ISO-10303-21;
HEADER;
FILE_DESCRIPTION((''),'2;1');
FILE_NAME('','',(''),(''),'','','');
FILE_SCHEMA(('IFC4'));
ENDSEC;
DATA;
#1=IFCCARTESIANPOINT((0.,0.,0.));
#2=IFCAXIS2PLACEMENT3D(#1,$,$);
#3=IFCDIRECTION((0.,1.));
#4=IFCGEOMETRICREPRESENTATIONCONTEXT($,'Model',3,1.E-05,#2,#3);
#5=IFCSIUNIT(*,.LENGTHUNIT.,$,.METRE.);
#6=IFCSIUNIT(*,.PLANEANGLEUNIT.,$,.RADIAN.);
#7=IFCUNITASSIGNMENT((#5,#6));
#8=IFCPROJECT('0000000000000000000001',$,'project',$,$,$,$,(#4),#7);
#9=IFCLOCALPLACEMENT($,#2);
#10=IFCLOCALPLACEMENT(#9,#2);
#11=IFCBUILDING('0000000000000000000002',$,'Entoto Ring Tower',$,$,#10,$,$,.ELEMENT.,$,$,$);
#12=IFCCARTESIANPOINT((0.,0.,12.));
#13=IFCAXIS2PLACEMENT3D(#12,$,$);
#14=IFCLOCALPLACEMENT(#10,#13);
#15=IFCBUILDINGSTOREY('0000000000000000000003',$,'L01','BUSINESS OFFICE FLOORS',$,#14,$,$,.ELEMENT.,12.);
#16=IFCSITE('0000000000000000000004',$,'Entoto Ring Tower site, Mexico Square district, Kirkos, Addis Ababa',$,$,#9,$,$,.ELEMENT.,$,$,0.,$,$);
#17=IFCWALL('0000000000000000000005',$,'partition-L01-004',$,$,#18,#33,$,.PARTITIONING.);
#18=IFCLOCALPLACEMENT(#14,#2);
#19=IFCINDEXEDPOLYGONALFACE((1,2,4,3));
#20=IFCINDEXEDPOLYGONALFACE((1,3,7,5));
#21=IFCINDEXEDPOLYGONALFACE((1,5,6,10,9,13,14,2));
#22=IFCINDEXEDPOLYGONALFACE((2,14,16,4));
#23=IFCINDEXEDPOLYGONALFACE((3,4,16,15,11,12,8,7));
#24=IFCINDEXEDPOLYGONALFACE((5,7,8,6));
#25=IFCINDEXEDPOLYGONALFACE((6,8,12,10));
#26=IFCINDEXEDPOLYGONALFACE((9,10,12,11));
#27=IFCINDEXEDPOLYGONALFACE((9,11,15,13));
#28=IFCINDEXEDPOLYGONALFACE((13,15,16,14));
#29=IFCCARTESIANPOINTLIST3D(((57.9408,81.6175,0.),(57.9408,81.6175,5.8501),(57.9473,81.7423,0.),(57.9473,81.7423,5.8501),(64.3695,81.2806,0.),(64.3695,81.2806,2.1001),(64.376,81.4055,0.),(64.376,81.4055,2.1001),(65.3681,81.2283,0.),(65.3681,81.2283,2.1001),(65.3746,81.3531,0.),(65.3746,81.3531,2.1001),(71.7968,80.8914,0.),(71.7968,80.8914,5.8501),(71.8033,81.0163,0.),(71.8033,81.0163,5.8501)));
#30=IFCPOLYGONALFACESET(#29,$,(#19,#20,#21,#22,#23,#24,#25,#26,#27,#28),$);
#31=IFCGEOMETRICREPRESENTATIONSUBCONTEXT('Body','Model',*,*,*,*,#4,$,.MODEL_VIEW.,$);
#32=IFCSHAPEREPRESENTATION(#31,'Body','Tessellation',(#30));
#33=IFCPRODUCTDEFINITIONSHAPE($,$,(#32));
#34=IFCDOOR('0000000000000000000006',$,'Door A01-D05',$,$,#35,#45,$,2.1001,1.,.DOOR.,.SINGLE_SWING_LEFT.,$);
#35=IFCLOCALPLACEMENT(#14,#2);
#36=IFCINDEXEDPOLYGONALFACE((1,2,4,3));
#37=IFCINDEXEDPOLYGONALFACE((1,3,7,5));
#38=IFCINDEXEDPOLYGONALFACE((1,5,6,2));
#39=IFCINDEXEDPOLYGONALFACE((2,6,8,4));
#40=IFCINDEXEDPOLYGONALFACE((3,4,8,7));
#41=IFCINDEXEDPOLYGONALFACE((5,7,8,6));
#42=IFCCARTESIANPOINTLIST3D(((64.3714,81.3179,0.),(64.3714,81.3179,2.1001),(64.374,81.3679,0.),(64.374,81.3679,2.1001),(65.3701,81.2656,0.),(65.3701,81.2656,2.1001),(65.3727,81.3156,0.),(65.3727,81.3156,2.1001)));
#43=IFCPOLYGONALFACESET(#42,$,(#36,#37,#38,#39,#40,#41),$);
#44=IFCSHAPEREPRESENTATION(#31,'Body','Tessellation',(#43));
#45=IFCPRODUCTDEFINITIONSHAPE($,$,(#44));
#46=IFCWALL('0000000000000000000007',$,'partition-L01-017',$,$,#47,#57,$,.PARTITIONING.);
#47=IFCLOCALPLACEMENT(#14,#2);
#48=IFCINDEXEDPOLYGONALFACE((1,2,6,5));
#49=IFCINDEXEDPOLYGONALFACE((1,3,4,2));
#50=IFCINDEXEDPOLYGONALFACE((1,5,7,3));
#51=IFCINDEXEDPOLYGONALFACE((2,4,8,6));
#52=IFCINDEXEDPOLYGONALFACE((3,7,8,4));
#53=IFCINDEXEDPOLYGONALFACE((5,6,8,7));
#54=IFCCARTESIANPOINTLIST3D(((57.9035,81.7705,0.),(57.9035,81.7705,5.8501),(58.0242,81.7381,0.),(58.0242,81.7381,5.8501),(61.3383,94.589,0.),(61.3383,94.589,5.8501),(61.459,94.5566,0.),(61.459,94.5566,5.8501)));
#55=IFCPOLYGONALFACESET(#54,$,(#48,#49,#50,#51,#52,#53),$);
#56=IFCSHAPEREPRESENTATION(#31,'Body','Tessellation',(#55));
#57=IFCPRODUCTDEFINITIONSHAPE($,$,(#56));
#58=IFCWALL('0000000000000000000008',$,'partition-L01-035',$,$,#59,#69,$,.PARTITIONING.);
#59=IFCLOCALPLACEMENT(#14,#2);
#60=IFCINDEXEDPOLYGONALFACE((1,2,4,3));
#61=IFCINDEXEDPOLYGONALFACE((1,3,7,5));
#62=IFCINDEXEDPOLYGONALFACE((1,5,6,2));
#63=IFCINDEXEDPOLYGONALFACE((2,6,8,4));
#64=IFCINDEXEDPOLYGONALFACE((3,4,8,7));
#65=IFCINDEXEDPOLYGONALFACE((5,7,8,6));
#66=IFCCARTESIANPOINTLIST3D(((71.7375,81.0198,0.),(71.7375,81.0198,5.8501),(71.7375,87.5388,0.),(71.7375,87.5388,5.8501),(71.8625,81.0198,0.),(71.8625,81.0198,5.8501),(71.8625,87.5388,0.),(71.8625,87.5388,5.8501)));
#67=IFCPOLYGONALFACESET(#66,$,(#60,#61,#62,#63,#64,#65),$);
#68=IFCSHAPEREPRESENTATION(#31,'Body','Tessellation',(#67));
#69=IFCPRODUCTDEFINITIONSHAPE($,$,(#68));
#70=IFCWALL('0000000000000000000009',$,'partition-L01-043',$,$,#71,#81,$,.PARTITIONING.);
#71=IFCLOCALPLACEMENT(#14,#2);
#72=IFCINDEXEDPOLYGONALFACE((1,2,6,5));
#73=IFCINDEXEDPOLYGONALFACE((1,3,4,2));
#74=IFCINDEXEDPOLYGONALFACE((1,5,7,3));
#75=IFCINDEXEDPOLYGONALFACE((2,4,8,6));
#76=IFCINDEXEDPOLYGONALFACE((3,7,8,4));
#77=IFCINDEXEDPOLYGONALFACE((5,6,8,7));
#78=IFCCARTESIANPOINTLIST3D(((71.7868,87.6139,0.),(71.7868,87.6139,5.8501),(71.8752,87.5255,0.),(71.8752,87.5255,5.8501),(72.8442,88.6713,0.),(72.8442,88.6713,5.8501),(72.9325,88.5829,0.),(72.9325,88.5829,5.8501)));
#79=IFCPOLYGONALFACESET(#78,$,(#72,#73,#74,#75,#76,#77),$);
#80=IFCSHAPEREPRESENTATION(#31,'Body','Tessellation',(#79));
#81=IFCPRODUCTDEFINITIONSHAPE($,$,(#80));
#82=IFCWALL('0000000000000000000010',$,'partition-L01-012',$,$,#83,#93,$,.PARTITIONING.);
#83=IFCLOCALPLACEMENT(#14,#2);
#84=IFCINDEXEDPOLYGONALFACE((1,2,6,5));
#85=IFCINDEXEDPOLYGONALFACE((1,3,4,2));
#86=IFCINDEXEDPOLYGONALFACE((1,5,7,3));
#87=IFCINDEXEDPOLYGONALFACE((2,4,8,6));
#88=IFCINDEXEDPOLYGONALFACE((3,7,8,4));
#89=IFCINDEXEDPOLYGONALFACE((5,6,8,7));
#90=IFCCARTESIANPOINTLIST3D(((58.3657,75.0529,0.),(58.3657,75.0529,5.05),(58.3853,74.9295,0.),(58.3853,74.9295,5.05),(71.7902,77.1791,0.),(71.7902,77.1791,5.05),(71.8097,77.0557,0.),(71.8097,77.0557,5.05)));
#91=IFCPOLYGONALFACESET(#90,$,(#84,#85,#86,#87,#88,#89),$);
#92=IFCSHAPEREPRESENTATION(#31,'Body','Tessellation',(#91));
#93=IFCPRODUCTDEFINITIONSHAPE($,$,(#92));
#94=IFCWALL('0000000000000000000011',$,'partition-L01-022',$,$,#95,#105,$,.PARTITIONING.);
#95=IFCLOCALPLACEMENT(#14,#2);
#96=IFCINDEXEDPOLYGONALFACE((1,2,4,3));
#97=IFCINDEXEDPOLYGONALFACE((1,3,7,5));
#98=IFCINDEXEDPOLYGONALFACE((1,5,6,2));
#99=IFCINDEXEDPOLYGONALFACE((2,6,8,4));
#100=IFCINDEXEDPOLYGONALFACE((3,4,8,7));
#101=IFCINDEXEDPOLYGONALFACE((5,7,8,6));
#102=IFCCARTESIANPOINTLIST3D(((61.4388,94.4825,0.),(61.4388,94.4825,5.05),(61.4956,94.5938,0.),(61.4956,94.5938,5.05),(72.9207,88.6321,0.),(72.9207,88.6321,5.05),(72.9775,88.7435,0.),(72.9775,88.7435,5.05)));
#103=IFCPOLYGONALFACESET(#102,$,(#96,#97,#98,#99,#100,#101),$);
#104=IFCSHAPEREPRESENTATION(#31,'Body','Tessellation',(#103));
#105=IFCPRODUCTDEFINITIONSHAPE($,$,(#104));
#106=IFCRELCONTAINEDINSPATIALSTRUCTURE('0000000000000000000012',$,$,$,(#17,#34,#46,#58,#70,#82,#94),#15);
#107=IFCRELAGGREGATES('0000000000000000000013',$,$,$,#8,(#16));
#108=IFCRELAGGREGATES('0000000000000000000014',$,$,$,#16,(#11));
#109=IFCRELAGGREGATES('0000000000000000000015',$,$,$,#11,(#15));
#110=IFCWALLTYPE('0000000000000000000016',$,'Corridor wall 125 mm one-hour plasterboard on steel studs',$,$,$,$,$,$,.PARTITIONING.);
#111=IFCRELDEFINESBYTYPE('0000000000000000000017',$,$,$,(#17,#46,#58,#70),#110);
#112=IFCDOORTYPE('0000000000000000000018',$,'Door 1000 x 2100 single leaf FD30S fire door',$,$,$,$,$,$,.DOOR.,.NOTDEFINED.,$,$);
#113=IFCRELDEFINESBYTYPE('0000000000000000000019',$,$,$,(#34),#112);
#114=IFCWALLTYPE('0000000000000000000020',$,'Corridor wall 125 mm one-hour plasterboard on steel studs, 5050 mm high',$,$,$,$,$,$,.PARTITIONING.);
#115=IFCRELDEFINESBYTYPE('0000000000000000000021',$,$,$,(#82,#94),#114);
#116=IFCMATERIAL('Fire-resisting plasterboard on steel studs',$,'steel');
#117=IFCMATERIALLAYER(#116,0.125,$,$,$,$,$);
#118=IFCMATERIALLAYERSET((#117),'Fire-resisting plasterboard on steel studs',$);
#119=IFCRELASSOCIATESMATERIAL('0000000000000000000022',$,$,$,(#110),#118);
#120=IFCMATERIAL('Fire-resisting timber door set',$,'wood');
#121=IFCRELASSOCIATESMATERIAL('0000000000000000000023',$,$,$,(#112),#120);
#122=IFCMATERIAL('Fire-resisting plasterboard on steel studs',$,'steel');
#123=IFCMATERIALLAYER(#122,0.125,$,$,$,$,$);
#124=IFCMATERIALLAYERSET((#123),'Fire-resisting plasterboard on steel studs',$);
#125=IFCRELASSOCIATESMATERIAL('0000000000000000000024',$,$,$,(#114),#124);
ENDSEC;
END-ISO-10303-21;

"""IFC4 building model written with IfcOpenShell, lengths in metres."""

from ifc_helpers import new_model, si_unit, direction, frame, frame_2d, origin, place, context, subcontext, project, spatial, rectangle, extrude, material, layer, layer_set, type_object, element, fill, save


model = new_model("IFC4")

# Units and contexts
model_context = context("Model", 3, precision=1e-05, world=origin(), true_north=direction((0.0, 1.0)))
body_context = subcontext(model_context, "Body", "Model", "MODEL_VIEW")
ifc_project = project(units=[si_unit("LENGTHUNIT", "METRE"), si_unit("PLANEANGLEUNIT", "RADIAN")], contexts=[model_context])

# Site, building, storey
site_placement = place(None, origin())
site = spatial("IfcSite", under=ifc_project, at=site_placement, Name="Entoto Ring Tower site, Mexico Square district, Kirkos, Addis Ababa", CompositionType="ELEMENT", RefElevation=0.0)
building_placement = place(site_placement, origin())
building = spatial("IfcBuilding", under=site, at=building_placement, Name="Entoto Ring Tower", CompositionType="ELEMENT")
storey_placement = place(building_placement, frame((0.0, 0.0, 12.0)))
storey = spatial("IfcBuildingStorey", under=building, at=storey_placement, Name="L01", Description="BUSINESS OFFICE FLOORS", CompositionType="ELEMENT", Elevation=12.0)

# Wall, opening, door
ifc_material_1 = material(Name="Fire-resisting plasterboard on steel studs", Category="steel")
ifc_layer_1 = layer(ifc_material_1, 0.125)
ifc_layer_set_1 = layer_set([ifc_layer_1], Name="Fire-resisting plasterboard on steel studs")
wall_type_1 = type_object("IfcWallType", Name="Corridor wall 125 mm one-hour plasterboard on steel studs", PredefinedType="PARTITIONING", material=ifc_layer_set_1)
wall_1_placement = place(storey_placement, frame((71.8, 80.9539, 0.0), z_axis=(0.0, 0.0, 1.0), x_axis=(-0.99863, 0.05233, 0.0)))
wall_1 = element("IfcWall", 1, at=wall_1_placement, inside=storey, type_object=wall_type_1, Name="partition-L01-004", PredefinedType="PARTITIONING", context=body_context, shape_type="SweptSolid", body=[
    extrude(rectangle(XDim=13.875, YDim=0.125, at=frame_2d((6.9375, 0.0))), origin(), (0.0, 0.0, 1.0), 5.8501),
])
opening_placement = place(wall_1_placement, frame((6.4375, 0.0, 0.0)))
opening = element("IfcOpeningElement", 2, at=opening_placement, cuts=wall_1, PredefinedType="OPENING", context=body_context, shape_type="SweptSolid", body=[
    extrude(rectangle(XDim=1.0, YDim=2.1001, at=frame_2d((0.5, 1.05))), frame((0.0, 0.0725, 0.0), z_axis=(0.0, -1.0, 0.0), x_axis=(1.0, 0.0, 0.0)), (0.0, 0.0, 1.0), 0.145),
])
ifc_material_2 = material(Name="Fire-resisting timber door set", Category="wood")
door_type = type_object("IfcDoorType", Name="Door 1000 x 2100 single leaf FD30S fire door", OperationType="NOTDEFINED", PredefinedType="DOOR", material=ifc_material_2)
door_placement = place(opening_placement, frame((1.0, 0.0, 0.0), z_axis=(0.0, 0.0, 1.0), x_axis=(-1.0, 0.0, 0.0)))
door = element("IfcDoor", 3, at=door_placement, inside=storey, type_object=door_type, Name="Door A01-D05", OperationType="SINGLE_SWING_LEFT", OverallHeight=2.1001, OverallWidth=1.0, PredefinedType="DOOR", context=body_context, shape_type="SweptSolid", body=[
    extrude(rectangle(XDim=1.0, YDim=2.1001, at=frame_2d((0.5, 1.05))), frame((0.0, 0.0249, 0.0), z_axis=(0.0, -1.0, 0.0), x_axis=(1.0, 0.0, 0.0)), (0.0, 0.0, 1.0), 0.05),
])
fill(opening, door)

# Walls
wall_2_placement = place(storey_placement, frame((57.9639, 81.7544, 0.0), z_axis=(0.0, 0.0, 1.0), x_axis=(0.258825, 0.965924, 0.0)))
element("IfcWall", 4, at=wall_2_placement, inside=storey, type_object=wall_type_1, Name="partition-L01-017", PredefinedType="PARTITIONING", context=body_context, shape_type="SweptSolid", body=[
    extrude(rectangle(XDim=13.2708, YDim=0.125, at=frame_2d((6.6353, 0.0))), origin(), (0.0, 0.0, 1.0), 5.8501),
])
wall_3_placement = place(storey_placement, frame((71.8, 81.0198, 0.0), z_axis=(0.0, 0.0, 1.0), x_axis=(0.0, 1.0, 0.0)))
element("IfcWall", 5, at=wall_3_placement, inside=storey, type_object=wall_type_1, Name="partition-L01-035", PredefinedType="PARTITIONING", context=body_context, shape_type="SweptSolid", body=[
    extrude(rectangle(XDim=6.519, YDim=0.125, at=frame_2d((3.2595, 0.0))), origin(), (0.0, 0.0, 1.0), 5.8501),
])
wall_4_placement = place(storey_placement, frame((71.8311, 87.5698, 0.0), z_axis=(0.0, 0.0, 1.0), x_axis=(0.707107, 0.707107, 0.0)))
element("IfcWall", 6, at=wall_4_placement, inside=storey, type_object=wall_type_1, Name="partition-L01-043", PredefinedType="PARTITIONING", context=body_context, shape_type="SweptSolid", body=[
    extrude(rectangle(XDim=1.4954, YDim=0.125, at=frame_2d((0.7476, 0.0))), origin(), (0.0, 0.0, 1.0), 5.8501),
])
ifc_material_3 = material(Name="Fire-resisting plasterboard on steel studs", Category="steel")
ifc_layer_2 = layer(ifc_material_3, 0.125)
ifc_layer_set_2 = layer_set([ifc_layer_2], Name="Fire-resisting plasterboard on steel studs")
wall_type_2 = type_object("IfcWallType", Name="Corridor wall 125 mm one-hour plasterboard on steel studs, 5050 mm high", PredefinedType="PARTITIONING", material=ifc_layer_set_2)
wall_5_placement = place(storey_placement, frame((58.3755, 74.9912, 0.0), z_axis=(0.0, 0.0, 1.0), x_axis=(0.987689, 0.156433, 0.0)))
element("IfcWall", 7, at=wall_5_placement, inside=storey, type_object=wall_type_2, Name="partition-L01-012", PredefinedType="PARTITIONING", context=body_context, shape_type="SweptSolid", body=[
    extrude(rectangle(XDim=13.5918, YDim=0.125, at=frame_2d((6.7959, 0.0))), origin(), (0.0, 0.0, 1.0), 5.05),
])
wall_6_placement = place(storey_placement, frame((72.9492, 88.6877, 0.0), z_axis=(0.0, 0.0, 1.0), x_axis=(-0.891006, 0.453991, 0.0)))
element("IfcWall", 8, at=wall_6_placement, inside=storey, type_object=wall_type_2, Name="partition-L01-022", PredefinedType="PARTITIONING", context=body_context, shape_type="SweptSolid", body=[
    extrude(rectangle(XDim=12.8865, YDim=0.125, at=frame_2d((6.4434, 0.0))), origin(), (0.0, 0.0, 1.0), 5.05),
])

save(model, "model.ifc")
